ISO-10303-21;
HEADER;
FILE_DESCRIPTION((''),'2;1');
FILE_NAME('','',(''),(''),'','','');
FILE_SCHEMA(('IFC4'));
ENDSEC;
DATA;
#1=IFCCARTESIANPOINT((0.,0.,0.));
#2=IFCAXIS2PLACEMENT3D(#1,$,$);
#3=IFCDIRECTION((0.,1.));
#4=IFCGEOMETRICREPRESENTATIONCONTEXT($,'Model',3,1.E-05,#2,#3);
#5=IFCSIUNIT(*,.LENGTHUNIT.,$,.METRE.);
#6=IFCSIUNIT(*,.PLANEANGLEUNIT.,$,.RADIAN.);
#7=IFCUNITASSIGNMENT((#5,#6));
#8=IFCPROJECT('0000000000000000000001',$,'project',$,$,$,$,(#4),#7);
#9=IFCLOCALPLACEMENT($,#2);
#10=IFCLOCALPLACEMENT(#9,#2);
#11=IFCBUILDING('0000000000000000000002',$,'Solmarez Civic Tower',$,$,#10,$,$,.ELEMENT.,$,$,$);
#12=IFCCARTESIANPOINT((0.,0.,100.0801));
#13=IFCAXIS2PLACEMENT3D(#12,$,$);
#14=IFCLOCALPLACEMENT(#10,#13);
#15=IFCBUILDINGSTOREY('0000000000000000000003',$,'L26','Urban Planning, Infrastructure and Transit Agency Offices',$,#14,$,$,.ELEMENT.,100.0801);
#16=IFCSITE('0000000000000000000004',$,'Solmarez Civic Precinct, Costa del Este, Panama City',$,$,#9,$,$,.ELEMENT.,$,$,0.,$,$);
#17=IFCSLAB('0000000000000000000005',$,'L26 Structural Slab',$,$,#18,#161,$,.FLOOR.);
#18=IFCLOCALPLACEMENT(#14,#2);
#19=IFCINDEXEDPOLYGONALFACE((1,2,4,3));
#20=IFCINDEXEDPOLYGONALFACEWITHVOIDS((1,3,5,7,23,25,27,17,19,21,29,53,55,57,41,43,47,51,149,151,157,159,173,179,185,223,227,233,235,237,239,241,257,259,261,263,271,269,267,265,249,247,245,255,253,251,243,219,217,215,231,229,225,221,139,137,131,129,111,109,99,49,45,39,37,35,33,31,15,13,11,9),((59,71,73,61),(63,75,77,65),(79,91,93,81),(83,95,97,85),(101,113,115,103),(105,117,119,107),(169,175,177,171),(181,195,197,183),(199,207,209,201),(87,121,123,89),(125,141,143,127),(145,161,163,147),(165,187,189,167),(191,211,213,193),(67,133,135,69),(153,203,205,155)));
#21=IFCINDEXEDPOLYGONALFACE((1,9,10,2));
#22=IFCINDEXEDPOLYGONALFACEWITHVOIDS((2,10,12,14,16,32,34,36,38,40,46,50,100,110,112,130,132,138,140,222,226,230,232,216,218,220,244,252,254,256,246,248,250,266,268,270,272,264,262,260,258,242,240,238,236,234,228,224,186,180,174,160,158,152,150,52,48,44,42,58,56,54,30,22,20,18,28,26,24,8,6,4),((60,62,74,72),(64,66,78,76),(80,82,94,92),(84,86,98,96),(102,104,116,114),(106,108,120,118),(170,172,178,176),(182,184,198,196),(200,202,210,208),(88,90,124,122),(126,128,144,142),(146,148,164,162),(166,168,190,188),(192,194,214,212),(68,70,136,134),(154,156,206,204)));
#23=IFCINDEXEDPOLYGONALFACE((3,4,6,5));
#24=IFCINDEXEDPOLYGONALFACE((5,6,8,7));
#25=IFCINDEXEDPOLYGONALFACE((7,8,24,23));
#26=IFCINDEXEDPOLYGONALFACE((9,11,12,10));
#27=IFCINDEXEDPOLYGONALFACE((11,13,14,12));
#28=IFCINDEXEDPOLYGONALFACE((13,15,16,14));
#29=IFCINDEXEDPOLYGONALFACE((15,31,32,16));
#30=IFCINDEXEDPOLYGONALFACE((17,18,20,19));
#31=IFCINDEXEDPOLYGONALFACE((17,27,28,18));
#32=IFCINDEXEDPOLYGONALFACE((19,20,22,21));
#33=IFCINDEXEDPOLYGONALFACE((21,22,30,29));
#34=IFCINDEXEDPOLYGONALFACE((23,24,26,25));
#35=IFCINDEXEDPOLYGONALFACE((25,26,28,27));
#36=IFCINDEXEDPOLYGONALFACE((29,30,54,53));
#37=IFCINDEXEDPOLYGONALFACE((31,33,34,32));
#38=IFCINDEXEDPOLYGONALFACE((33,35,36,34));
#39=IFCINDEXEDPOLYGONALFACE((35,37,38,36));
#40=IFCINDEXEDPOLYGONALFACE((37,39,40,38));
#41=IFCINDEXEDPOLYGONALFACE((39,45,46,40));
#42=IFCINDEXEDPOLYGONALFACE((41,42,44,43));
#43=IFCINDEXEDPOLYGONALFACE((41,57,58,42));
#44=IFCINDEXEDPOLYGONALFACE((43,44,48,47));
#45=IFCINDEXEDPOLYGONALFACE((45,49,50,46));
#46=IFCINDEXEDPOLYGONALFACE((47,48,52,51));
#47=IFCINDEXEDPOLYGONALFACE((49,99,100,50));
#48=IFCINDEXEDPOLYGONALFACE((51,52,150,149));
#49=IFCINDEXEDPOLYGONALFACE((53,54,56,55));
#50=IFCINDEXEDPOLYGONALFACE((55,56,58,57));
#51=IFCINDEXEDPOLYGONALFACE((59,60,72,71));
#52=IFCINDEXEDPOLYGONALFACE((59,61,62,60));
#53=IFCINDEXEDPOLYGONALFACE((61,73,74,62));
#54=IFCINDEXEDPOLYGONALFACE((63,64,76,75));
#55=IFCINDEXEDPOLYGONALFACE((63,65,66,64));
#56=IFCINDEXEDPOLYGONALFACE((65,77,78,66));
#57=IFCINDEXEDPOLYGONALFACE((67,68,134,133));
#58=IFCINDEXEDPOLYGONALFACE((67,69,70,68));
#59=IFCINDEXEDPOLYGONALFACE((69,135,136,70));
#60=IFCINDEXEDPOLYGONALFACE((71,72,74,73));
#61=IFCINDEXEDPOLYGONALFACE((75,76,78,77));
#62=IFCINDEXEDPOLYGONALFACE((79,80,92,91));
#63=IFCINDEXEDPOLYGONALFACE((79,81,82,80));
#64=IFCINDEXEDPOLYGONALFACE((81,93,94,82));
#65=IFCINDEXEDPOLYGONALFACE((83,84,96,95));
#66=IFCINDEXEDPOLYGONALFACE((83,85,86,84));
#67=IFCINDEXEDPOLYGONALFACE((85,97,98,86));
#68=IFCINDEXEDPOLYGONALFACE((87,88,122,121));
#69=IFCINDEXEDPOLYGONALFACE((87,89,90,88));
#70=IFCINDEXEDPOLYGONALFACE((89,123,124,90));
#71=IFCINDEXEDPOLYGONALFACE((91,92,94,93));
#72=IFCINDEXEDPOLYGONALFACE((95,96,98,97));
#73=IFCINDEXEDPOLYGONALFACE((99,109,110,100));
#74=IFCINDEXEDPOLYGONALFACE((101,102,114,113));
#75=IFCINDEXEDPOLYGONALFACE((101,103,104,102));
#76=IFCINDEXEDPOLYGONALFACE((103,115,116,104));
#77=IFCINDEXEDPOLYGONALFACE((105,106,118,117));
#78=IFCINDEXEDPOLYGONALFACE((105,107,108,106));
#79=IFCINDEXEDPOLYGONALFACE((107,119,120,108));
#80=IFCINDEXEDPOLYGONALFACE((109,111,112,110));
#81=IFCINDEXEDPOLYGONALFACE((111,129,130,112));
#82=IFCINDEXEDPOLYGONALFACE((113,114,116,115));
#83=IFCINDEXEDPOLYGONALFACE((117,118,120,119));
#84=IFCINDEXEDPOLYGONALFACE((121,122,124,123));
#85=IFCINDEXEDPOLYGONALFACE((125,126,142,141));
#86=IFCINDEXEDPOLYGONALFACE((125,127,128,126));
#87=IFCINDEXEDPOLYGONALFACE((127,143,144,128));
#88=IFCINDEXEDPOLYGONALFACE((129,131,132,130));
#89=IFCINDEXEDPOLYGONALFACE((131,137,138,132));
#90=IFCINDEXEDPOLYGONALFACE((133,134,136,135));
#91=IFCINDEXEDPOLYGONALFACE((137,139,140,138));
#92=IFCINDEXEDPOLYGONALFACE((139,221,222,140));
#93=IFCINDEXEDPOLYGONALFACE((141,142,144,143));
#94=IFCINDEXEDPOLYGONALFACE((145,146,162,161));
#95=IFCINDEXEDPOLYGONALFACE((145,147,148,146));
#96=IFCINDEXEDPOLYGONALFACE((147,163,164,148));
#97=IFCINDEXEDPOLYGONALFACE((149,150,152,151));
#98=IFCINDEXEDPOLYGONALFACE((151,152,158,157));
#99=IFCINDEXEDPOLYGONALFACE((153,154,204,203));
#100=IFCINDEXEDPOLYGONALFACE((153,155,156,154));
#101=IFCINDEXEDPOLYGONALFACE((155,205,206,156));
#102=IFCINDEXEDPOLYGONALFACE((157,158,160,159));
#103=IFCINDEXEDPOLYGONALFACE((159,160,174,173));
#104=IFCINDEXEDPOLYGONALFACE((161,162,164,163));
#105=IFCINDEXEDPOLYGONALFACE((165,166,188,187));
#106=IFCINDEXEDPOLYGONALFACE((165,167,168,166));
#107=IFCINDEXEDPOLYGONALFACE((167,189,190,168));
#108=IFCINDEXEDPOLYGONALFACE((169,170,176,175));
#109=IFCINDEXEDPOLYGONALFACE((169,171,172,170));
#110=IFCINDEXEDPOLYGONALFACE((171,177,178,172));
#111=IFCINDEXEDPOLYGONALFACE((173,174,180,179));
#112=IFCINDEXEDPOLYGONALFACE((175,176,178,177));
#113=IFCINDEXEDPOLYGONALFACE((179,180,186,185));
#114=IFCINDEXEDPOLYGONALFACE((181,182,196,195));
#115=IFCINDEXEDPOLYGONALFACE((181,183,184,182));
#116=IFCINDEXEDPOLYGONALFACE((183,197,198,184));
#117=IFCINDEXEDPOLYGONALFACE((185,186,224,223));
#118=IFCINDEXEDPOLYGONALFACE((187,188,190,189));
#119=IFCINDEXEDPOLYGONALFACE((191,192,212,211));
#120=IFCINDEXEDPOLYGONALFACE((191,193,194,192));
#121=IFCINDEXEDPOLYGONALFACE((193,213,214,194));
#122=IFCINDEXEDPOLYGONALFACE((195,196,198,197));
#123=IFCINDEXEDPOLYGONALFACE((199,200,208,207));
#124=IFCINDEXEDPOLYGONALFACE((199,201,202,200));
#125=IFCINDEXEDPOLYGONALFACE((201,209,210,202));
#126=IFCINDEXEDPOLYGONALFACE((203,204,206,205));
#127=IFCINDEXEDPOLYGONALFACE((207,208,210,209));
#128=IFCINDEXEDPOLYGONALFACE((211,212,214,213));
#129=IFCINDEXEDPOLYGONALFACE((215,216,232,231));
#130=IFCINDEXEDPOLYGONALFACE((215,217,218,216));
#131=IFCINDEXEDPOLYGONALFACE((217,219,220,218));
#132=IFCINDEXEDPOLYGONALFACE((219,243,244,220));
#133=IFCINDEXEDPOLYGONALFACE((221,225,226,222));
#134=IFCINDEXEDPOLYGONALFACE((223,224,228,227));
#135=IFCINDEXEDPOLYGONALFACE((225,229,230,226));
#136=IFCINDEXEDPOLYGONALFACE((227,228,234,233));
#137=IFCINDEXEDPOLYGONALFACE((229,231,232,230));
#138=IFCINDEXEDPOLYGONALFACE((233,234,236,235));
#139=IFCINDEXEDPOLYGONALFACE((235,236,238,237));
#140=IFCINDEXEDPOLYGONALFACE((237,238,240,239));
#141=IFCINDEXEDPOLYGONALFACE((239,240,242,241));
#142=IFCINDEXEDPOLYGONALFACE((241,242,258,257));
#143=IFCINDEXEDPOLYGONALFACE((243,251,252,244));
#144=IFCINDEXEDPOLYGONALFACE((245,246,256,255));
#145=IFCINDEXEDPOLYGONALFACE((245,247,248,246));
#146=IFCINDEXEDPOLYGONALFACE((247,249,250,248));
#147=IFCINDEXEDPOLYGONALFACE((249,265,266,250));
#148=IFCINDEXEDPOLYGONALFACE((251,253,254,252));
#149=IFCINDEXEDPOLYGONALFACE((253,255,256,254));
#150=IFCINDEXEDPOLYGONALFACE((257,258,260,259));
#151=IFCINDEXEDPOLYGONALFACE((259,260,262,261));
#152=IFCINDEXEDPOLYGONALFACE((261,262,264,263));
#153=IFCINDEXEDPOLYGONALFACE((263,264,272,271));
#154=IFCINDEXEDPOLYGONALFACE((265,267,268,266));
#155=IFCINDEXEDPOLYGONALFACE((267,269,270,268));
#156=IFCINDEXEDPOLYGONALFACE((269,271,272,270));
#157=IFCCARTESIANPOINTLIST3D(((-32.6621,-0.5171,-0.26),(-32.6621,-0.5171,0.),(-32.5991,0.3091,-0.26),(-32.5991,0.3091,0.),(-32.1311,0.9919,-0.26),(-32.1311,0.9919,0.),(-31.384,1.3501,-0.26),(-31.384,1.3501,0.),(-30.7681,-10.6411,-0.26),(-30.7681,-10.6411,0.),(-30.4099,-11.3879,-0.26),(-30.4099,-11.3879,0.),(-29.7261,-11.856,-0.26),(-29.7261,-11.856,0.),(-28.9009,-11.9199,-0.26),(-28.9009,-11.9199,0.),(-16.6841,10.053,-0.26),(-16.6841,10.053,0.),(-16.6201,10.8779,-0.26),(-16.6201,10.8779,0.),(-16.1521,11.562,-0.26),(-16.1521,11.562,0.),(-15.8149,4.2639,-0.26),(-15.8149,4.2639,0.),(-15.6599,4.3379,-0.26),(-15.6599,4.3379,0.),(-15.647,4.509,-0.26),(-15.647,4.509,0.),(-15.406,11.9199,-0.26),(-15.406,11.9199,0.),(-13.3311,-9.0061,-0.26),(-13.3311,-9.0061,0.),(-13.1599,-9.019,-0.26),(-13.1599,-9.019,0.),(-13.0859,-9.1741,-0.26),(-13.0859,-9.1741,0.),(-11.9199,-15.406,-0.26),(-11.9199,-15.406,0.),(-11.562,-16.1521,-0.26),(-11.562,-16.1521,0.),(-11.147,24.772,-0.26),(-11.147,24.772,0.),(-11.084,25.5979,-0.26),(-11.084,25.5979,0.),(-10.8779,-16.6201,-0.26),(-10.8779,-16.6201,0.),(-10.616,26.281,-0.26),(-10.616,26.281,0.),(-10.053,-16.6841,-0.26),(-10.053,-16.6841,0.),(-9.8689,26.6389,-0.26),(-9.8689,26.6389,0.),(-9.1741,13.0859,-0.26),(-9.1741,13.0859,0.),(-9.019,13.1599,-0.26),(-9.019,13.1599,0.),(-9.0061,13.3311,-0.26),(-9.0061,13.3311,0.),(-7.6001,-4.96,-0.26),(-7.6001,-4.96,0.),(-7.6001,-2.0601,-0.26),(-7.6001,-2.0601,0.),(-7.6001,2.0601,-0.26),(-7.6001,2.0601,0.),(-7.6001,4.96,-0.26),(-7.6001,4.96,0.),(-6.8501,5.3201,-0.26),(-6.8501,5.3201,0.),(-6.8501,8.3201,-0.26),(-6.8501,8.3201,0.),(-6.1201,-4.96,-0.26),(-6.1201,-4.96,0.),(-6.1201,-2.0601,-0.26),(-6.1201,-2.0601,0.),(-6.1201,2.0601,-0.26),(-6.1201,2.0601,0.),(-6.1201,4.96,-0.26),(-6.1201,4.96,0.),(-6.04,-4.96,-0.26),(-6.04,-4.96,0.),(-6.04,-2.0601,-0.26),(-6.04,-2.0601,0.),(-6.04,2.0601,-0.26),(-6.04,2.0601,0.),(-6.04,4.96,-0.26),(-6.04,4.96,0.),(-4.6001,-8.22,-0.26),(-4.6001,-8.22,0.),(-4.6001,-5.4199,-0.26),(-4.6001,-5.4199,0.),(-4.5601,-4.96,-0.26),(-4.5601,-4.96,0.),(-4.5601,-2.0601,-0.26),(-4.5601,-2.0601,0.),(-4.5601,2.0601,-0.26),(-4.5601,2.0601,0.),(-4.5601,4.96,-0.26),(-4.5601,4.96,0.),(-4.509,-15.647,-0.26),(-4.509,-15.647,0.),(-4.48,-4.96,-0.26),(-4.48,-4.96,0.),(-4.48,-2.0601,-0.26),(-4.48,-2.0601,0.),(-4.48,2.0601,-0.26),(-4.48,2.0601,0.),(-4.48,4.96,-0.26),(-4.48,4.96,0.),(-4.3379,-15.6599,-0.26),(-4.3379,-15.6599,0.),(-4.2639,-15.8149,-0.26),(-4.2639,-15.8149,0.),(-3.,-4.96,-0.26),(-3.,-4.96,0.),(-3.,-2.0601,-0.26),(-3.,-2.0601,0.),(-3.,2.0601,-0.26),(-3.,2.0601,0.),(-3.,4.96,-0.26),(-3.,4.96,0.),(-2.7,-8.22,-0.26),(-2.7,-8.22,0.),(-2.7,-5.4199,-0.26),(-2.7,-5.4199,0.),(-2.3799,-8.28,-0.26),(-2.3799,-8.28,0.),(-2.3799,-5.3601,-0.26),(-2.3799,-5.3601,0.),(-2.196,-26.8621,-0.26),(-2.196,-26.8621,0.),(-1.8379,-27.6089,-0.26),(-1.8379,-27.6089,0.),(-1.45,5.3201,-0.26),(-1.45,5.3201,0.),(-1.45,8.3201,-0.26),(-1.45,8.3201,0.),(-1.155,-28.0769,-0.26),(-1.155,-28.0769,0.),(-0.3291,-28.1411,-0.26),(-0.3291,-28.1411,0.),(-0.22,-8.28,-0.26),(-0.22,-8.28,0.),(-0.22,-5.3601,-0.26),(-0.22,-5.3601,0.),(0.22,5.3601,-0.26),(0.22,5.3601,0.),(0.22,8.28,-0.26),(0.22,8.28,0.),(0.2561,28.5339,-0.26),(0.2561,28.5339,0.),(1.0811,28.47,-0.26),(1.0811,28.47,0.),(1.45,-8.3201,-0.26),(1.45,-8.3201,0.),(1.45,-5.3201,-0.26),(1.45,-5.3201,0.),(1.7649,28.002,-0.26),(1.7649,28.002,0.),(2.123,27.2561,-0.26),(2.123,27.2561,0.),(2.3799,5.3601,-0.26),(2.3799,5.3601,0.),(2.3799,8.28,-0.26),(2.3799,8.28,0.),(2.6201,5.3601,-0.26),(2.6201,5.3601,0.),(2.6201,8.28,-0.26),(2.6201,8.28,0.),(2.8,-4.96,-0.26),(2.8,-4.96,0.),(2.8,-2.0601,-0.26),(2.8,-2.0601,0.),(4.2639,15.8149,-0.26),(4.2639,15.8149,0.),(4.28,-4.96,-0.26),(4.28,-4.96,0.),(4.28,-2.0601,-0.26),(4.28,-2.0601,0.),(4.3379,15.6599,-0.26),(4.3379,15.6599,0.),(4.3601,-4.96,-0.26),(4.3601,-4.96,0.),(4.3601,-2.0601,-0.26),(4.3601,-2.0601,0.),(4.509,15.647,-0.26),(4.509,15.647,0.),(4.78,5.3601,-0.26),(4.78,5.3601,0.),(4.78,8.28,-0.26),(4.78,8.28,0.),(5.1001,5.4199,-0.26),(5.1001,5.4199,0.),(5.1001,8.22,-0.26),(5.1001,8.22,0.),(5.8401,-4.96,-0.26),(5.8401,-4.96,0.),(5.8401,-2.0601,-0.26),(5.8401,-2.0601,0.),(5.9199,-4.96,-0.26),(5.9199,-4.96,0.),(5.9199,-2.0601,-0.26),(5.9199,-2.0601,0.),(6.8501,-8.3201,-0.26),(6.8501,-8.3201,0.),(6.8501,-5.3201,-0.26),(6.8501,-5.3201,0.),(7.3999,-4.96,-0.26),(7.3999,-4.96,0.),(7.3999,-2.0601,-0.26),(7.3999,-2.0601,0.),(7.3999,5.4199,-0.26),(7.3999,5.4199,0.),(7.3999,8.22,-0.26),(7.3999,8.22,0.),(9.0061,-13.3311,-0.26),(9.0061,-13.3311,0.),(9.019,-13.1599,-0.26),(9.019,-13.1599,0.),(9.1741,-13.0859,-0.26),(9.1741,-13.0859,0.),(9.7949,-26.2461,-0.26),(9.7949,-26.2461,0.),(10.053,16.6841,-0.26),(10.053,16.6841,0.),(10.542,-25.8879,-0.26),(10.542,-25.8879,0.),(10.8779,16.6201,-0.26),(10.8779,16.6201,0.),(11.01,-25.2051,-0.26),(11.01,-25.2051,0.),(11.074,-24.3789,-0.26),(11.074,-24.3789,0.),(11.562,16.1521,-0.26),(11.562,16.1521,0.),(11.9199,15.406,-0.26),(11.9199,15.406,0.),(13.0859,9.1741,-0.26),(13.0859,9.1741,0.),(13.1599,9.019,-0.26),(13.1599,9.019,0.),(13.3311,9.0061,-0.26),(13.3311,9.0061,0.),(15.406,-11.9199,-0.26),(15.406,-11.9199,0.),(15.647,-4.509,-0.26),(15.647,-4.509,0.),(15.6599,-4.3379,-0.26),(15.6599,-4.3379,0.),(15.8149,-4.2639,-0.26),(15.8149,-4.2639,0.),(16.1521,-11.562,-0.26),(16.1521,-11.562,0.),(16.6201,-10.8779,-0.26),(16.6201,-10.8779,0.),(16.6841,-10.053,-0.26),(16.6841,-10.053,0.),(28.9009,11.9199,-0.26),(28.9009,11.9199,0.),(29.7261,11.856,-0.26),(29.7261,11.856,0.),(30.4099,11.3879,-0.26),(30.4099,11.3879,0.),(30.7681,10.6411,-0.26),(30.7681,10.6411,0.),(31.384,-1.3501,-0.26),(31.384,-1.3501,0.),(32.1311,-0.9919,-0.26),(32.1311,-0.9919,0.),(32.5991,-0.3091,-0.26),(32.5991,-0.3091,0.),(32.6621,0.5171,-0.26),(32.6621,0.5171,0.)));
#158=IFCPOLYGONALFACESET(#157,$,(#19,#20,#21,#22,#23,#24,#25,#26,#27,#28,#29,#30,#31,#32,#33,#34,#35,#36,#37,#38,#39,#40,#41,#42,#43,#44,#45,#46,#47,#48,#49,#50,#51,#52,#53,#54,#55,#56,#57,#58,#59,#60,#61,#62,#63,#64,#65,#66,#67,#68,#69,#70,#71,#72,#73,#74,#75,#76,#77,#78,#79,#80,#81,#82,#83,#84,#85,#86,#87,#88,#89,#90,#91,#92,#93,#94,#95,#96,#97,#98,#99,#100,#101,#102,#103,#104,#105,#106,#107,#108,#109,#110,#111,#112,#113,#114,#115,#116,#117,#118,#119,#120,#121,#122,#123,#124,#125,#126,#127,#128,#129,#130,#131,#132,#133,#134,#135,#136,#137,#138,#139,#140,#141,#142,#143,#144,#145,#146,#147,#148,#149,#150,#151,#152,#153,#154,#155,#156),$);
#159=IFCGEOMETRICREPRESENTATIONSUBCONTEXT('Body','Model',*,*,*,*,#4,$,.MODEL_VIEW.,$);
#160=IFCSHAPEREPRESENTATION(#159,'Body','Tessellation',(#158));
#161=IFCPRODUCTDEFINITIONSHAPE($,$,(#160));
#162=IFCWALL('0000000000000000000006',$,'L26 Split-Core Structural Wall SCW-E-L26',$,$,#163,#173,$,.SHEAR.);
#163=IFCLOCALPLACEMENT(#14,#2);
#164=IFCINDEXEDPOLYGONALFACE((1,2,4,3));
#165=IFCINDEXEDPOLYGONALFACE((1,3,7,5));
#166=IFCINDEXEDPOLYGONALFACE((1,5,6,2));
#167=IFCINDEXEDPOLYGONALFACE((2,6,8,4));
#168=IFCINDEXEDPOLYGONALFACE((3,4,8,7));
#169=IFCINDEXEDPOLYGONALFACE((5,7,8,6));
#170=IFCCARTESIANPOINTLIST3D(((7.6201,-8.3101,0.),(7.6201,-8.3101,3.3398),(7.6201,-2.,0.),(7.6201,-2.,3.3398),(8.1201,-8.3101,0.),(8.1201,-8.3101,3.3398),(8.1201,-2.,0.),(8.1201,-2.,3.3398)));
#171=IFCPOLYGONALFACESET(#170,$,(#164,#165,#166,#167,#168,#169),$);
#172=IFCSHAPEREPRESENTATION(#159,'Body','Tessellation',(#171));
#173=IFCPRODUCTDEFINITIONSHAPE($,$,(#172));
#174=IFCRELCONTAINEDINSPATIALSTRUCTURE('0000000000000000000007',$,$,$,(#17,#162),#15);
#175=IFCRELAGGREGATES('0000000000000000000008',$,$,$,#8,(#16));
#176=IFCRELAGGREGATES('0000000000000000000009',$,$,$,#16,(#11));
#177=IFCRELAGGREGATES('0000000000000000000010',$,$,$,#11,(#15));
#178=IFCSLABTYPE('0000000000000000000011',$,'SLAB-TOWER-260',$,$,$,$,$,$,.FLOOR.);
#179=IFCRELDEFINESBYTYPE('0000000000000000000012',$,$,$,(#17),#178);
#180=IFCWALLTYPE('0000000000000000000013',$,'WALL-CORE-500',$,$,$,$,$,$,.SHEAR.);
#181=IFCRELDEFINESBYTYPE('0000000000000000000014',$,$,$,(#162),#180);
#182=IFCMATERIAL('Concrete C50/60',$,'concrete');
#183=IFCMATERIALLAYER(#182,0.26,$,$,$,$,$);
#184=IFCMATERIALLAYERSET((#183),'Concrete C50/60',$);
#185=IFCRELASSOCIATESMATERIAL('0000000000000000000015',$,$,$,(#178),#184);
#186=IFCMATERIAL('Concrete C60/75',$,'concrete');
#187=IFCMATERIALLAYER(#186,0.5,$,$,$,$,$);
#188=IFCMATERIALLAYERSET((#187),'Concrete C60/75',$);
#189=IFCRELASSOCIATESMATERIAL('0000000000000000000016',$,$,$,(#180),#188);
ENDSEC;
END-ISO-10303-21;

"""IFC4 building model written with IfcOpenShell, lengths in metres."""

from ifc_helpers import new_model, si_unit, direction, frame, frame_2d, origin, place, context, subcontext, project, spatial, polyline, rectangle, outline, extrude, material, layer, layer_set, type_object, element, save


model = new_model("IFC4")

# Units and contexts
model_context = context("Model", 3, precision=1e-05, world=origin(), true_north=direction((0.0, 1.0)))
body_context = subcontext(model_context, "Body", "Model", "MODEL_VIEW")
ifc_project = project(units=[si_unit("LENGTHUNIT", "METRE"), si_unit("PLANEANGLEUNIT", "RADIAN")], contexts=[model_context])

# Site, building, storey
site_placement = place(None, origin())
site = spatial("IfcSite", under=ifc_project, at=site_placement, Name="Solmarez Civic Precinct, Costa del Este, Panama City", CompositionType="ELEMENT", RefElevation=0.0)
building_placement = place(site_placement, origin())
building = spatial("IfcBuilding", under=site, at=building_placement, Name="Solmarez Civic Tower", CompositionType="ELEMENT")
storey_placement = place(building_placement, frame((0.0, 0.0, 100.0801)))
storey = spatial("IfcBuildingStorey", under=building, at=storey_placement, Name="L26", Description="Urban Planning, Infrastructure and Transit Agency Offices", CompositionType="ELEMENT", Elevation=100.0801)

# Shared definitions
ifc_material_1 = material(Name="Concrete C50/60", Category="concrete")

# Slab
ifc_layer_1 = layer(ifc_material_1, 0.26)
ifc_layer_set_1 = layer_set([ifc_layer_1], Name="Concrete C50/60")
slab_type_1 = type_object("IfcSlabType", Name="SLAB-TOWER-260", PredefinedType="FLOOR", material=ifc_layer_set_1)
slab_1_placement = place(storey_placement, frame((0.0, 0.0, -0.26)))
element("IfcSlab", 1, at=slab_1_placement, inside=storey, type_object=slab_type_1, Name="L26 Structural Slab", PredefinedType="FLOOR", context=body_context, shape_type="SweptSolid", body=[
    extrude(outline(polyline([(-13.0859, -9.1741), (-11.9199, -15.406), (-11.562, -16.1521), (-10.8779, -16.6201), (-10.053, -16.6841), (-4.509, -15.647), (-4.3379, -15.6599), (-4.2639, -15.8149), (-2.196, -26.8621), (-1.8379, -27.6089), (-1.155, -28.0769), (-0.3291, -28.1411), (9.7949, -26.2461), (10.542, -25.8879), (11.01, -25.2051), (11.074, -24.3789), (9.0061, -13.3311), (9.019, -13.1599), (9.1741, -13.0859), (15.406, -11.9199), (16.1521, -11.562), (16.6201, -10.8779), (16.6841, -10.053), (15.647, -4.509), (15.6599, -4.3379), (15.8149, -4.2639), (31.384, -1.3501), (32.1311, -0.9919), (32.5991, -0.3091), (32.6621, 0.5171), (30.7681, 10.6411), (30.4099, 11.3879), (29.7261, 11.856), (28.9009, 11.9199), (13.3311, 9.0061), (13.1599, 9.019), (13.0859, 9.1741), (11.9199, 15.406), (11.562, 16.1521), (10.8779, 16.6201), (10.053, 16.6841), (4.509, 15.647), (4.3379, 15.6599), (4.2639, 15.8149), (2.123, 27.2561), (1.7649, 28.002), (1.0811, 28.47), (0.2561, 28.5339), (-9.8689, 26.6389), (-10.616, 26.281), (-11.084, 25.5979), (-11.147, 24.772), (-9.0061, 13.3311), (-9.019, 13.1599), (-9.1741, 13.0859), (-15.406, 11.9199), (-16.1521, 11.562), (-16.6201, 10.8779), (-16.6841, 10.053), (-15.647, 4.509), (-15.6599, 4.3379), (-15.8149, 4.2639), (-31.384, 1.3501), (-32.1311, 0.9919), (-32.5991, 0.3091), (-32.6621, -0.5171), (-30.7681, -10.6411), (-30.4099, -11.3879), (-29.7261, -11.856), (-28.9009, -11.9199), (-13.3311, -9.0061), (-13.1599, -9.019), (-13.0859, -9.1741)]), holes=[polyline([(-1.45, 8.3201), (-6.8501, 8.3201), (-6.8501, 5.3201), (-1.45, 5.3201), (-1.45, 8.3201)]), polyline([(1.45, -8.3201), (6.8501, -8.3201), (6.8501, -5.3201), (1.45, -5.3201), (1.45, -8.3201)]), polyline([(0.22, 5.3601), (2.3799, 5.3601), (2.3799, 8.28), (0.22, 8.28), (0.22, 5.3601)]), polyline([(2.6201, 5.3601), (4.78, 5.3601), (4.78, 8.28), (2.6201, 8.28), (2.6201, 5.3601)]), polyline([(-2.3799, -8.28), (-0.22, -8.28), (-0.22, -5.3601), (-2.3799, -5.3601), (-2.3799, -8.28)]), polyline([(2.8, -4.96), (4.28, -4.96), (4.28, -2.0601), (2.8, -2.0601), (2.8, -4.96)]), polyline([(4.3601, -4.96), (5.8401, -4.96), (5.8401, -2.0601), (4.3601, -2.0601), (4.3601, -4.96)]), polyline([(5.9199, -4.96), (7.3999, -4.96), (7.3999, -2.0601), (5.9199, -2.0601), (5.9199, -4.96)]), polyline([(-7.6001, -4.96), (-6.1201, -4.96), (-6.1201, -2.0601), (-7.6001, -2.0601), (-7.6001, -4.96)]), polyline([(-6.04, -4.96), (-4.5601, -4.96), (-4.5601, -2.0601), (-6.04, -2.0601), (-6.04, -4.96)]), polyline([(-4.48, -4.96), (-3.0, -4.96), (-3.0, -2.0601), (-4.48, -2.0601), (-4.48, -4.96)]), polyline([(-7.6001, 2.0601), (-6.1201, 2.0601), (-6.1201, 4.96), (-7.6001, 4.96), (-7.6001, 2.0601)]), polyline([(-6.04, 2.0601), (-4.5601, 2.0601), (-4.5601, 4.96), (-6.04, 4.96), (-6.04, 2.0601)]), polyline([(-4.48, 2.0601), (-3.0, 2.0601), (-3.0, 4.96), (-4.48, 4.96), (-4.48, 2.0601)]), polyline([(5.1001, 5.4199), (7.3999, 5.4199), (7.3999, 8.22), (5.1001, 8.22), (5.1001, 5.4199)]), polyline([(-4.6001, -8.22), (-2.7, -8.22), (-2.7, -5.4199), (-4.6001, -5.4199), (-4.6001, -8.22)])]), origin(), (0.0, 0.0, 1.0), 0.26),
])

# Wall
ifc_material_2 = material(Name="Concrete C60/75", Category="concrete")
ifc_layer_2 = layer(ifc_material_2, 0.5)
ifc_layer_set_2 = layer_set([ifc_layer_2], Name="Concrete C60/75")
wall_type_1 = type_object("IfcWallType", Name="WALL-CORE-500", PredefinedType="SHEAR", material=ifc_layer_set_2)
wall_1_placement = place(storey_placement, frame((7.8701, -2.0, 0.0), z_axis=(0.0, 0.0, 1.0), x_axis=(0.0, -1.0, 0.0)))
element("IfcWall", 2, at=wall_1_placement, inside=storey, type_object=wall_type_1, Name="L26 Split-Core Structural Wall SCW-E-L26", PredefinedType="SHEAR", context=body_context, shape_type="SweptSolid", body=[
    extrude(rectangle(XDim=6.3101, YDim=0.5, at=frame_2d((3.155, 0.0))), origin(), (0.0, 0.0, 1.0), 3.3398),
])

save(model, "model.ifc")
